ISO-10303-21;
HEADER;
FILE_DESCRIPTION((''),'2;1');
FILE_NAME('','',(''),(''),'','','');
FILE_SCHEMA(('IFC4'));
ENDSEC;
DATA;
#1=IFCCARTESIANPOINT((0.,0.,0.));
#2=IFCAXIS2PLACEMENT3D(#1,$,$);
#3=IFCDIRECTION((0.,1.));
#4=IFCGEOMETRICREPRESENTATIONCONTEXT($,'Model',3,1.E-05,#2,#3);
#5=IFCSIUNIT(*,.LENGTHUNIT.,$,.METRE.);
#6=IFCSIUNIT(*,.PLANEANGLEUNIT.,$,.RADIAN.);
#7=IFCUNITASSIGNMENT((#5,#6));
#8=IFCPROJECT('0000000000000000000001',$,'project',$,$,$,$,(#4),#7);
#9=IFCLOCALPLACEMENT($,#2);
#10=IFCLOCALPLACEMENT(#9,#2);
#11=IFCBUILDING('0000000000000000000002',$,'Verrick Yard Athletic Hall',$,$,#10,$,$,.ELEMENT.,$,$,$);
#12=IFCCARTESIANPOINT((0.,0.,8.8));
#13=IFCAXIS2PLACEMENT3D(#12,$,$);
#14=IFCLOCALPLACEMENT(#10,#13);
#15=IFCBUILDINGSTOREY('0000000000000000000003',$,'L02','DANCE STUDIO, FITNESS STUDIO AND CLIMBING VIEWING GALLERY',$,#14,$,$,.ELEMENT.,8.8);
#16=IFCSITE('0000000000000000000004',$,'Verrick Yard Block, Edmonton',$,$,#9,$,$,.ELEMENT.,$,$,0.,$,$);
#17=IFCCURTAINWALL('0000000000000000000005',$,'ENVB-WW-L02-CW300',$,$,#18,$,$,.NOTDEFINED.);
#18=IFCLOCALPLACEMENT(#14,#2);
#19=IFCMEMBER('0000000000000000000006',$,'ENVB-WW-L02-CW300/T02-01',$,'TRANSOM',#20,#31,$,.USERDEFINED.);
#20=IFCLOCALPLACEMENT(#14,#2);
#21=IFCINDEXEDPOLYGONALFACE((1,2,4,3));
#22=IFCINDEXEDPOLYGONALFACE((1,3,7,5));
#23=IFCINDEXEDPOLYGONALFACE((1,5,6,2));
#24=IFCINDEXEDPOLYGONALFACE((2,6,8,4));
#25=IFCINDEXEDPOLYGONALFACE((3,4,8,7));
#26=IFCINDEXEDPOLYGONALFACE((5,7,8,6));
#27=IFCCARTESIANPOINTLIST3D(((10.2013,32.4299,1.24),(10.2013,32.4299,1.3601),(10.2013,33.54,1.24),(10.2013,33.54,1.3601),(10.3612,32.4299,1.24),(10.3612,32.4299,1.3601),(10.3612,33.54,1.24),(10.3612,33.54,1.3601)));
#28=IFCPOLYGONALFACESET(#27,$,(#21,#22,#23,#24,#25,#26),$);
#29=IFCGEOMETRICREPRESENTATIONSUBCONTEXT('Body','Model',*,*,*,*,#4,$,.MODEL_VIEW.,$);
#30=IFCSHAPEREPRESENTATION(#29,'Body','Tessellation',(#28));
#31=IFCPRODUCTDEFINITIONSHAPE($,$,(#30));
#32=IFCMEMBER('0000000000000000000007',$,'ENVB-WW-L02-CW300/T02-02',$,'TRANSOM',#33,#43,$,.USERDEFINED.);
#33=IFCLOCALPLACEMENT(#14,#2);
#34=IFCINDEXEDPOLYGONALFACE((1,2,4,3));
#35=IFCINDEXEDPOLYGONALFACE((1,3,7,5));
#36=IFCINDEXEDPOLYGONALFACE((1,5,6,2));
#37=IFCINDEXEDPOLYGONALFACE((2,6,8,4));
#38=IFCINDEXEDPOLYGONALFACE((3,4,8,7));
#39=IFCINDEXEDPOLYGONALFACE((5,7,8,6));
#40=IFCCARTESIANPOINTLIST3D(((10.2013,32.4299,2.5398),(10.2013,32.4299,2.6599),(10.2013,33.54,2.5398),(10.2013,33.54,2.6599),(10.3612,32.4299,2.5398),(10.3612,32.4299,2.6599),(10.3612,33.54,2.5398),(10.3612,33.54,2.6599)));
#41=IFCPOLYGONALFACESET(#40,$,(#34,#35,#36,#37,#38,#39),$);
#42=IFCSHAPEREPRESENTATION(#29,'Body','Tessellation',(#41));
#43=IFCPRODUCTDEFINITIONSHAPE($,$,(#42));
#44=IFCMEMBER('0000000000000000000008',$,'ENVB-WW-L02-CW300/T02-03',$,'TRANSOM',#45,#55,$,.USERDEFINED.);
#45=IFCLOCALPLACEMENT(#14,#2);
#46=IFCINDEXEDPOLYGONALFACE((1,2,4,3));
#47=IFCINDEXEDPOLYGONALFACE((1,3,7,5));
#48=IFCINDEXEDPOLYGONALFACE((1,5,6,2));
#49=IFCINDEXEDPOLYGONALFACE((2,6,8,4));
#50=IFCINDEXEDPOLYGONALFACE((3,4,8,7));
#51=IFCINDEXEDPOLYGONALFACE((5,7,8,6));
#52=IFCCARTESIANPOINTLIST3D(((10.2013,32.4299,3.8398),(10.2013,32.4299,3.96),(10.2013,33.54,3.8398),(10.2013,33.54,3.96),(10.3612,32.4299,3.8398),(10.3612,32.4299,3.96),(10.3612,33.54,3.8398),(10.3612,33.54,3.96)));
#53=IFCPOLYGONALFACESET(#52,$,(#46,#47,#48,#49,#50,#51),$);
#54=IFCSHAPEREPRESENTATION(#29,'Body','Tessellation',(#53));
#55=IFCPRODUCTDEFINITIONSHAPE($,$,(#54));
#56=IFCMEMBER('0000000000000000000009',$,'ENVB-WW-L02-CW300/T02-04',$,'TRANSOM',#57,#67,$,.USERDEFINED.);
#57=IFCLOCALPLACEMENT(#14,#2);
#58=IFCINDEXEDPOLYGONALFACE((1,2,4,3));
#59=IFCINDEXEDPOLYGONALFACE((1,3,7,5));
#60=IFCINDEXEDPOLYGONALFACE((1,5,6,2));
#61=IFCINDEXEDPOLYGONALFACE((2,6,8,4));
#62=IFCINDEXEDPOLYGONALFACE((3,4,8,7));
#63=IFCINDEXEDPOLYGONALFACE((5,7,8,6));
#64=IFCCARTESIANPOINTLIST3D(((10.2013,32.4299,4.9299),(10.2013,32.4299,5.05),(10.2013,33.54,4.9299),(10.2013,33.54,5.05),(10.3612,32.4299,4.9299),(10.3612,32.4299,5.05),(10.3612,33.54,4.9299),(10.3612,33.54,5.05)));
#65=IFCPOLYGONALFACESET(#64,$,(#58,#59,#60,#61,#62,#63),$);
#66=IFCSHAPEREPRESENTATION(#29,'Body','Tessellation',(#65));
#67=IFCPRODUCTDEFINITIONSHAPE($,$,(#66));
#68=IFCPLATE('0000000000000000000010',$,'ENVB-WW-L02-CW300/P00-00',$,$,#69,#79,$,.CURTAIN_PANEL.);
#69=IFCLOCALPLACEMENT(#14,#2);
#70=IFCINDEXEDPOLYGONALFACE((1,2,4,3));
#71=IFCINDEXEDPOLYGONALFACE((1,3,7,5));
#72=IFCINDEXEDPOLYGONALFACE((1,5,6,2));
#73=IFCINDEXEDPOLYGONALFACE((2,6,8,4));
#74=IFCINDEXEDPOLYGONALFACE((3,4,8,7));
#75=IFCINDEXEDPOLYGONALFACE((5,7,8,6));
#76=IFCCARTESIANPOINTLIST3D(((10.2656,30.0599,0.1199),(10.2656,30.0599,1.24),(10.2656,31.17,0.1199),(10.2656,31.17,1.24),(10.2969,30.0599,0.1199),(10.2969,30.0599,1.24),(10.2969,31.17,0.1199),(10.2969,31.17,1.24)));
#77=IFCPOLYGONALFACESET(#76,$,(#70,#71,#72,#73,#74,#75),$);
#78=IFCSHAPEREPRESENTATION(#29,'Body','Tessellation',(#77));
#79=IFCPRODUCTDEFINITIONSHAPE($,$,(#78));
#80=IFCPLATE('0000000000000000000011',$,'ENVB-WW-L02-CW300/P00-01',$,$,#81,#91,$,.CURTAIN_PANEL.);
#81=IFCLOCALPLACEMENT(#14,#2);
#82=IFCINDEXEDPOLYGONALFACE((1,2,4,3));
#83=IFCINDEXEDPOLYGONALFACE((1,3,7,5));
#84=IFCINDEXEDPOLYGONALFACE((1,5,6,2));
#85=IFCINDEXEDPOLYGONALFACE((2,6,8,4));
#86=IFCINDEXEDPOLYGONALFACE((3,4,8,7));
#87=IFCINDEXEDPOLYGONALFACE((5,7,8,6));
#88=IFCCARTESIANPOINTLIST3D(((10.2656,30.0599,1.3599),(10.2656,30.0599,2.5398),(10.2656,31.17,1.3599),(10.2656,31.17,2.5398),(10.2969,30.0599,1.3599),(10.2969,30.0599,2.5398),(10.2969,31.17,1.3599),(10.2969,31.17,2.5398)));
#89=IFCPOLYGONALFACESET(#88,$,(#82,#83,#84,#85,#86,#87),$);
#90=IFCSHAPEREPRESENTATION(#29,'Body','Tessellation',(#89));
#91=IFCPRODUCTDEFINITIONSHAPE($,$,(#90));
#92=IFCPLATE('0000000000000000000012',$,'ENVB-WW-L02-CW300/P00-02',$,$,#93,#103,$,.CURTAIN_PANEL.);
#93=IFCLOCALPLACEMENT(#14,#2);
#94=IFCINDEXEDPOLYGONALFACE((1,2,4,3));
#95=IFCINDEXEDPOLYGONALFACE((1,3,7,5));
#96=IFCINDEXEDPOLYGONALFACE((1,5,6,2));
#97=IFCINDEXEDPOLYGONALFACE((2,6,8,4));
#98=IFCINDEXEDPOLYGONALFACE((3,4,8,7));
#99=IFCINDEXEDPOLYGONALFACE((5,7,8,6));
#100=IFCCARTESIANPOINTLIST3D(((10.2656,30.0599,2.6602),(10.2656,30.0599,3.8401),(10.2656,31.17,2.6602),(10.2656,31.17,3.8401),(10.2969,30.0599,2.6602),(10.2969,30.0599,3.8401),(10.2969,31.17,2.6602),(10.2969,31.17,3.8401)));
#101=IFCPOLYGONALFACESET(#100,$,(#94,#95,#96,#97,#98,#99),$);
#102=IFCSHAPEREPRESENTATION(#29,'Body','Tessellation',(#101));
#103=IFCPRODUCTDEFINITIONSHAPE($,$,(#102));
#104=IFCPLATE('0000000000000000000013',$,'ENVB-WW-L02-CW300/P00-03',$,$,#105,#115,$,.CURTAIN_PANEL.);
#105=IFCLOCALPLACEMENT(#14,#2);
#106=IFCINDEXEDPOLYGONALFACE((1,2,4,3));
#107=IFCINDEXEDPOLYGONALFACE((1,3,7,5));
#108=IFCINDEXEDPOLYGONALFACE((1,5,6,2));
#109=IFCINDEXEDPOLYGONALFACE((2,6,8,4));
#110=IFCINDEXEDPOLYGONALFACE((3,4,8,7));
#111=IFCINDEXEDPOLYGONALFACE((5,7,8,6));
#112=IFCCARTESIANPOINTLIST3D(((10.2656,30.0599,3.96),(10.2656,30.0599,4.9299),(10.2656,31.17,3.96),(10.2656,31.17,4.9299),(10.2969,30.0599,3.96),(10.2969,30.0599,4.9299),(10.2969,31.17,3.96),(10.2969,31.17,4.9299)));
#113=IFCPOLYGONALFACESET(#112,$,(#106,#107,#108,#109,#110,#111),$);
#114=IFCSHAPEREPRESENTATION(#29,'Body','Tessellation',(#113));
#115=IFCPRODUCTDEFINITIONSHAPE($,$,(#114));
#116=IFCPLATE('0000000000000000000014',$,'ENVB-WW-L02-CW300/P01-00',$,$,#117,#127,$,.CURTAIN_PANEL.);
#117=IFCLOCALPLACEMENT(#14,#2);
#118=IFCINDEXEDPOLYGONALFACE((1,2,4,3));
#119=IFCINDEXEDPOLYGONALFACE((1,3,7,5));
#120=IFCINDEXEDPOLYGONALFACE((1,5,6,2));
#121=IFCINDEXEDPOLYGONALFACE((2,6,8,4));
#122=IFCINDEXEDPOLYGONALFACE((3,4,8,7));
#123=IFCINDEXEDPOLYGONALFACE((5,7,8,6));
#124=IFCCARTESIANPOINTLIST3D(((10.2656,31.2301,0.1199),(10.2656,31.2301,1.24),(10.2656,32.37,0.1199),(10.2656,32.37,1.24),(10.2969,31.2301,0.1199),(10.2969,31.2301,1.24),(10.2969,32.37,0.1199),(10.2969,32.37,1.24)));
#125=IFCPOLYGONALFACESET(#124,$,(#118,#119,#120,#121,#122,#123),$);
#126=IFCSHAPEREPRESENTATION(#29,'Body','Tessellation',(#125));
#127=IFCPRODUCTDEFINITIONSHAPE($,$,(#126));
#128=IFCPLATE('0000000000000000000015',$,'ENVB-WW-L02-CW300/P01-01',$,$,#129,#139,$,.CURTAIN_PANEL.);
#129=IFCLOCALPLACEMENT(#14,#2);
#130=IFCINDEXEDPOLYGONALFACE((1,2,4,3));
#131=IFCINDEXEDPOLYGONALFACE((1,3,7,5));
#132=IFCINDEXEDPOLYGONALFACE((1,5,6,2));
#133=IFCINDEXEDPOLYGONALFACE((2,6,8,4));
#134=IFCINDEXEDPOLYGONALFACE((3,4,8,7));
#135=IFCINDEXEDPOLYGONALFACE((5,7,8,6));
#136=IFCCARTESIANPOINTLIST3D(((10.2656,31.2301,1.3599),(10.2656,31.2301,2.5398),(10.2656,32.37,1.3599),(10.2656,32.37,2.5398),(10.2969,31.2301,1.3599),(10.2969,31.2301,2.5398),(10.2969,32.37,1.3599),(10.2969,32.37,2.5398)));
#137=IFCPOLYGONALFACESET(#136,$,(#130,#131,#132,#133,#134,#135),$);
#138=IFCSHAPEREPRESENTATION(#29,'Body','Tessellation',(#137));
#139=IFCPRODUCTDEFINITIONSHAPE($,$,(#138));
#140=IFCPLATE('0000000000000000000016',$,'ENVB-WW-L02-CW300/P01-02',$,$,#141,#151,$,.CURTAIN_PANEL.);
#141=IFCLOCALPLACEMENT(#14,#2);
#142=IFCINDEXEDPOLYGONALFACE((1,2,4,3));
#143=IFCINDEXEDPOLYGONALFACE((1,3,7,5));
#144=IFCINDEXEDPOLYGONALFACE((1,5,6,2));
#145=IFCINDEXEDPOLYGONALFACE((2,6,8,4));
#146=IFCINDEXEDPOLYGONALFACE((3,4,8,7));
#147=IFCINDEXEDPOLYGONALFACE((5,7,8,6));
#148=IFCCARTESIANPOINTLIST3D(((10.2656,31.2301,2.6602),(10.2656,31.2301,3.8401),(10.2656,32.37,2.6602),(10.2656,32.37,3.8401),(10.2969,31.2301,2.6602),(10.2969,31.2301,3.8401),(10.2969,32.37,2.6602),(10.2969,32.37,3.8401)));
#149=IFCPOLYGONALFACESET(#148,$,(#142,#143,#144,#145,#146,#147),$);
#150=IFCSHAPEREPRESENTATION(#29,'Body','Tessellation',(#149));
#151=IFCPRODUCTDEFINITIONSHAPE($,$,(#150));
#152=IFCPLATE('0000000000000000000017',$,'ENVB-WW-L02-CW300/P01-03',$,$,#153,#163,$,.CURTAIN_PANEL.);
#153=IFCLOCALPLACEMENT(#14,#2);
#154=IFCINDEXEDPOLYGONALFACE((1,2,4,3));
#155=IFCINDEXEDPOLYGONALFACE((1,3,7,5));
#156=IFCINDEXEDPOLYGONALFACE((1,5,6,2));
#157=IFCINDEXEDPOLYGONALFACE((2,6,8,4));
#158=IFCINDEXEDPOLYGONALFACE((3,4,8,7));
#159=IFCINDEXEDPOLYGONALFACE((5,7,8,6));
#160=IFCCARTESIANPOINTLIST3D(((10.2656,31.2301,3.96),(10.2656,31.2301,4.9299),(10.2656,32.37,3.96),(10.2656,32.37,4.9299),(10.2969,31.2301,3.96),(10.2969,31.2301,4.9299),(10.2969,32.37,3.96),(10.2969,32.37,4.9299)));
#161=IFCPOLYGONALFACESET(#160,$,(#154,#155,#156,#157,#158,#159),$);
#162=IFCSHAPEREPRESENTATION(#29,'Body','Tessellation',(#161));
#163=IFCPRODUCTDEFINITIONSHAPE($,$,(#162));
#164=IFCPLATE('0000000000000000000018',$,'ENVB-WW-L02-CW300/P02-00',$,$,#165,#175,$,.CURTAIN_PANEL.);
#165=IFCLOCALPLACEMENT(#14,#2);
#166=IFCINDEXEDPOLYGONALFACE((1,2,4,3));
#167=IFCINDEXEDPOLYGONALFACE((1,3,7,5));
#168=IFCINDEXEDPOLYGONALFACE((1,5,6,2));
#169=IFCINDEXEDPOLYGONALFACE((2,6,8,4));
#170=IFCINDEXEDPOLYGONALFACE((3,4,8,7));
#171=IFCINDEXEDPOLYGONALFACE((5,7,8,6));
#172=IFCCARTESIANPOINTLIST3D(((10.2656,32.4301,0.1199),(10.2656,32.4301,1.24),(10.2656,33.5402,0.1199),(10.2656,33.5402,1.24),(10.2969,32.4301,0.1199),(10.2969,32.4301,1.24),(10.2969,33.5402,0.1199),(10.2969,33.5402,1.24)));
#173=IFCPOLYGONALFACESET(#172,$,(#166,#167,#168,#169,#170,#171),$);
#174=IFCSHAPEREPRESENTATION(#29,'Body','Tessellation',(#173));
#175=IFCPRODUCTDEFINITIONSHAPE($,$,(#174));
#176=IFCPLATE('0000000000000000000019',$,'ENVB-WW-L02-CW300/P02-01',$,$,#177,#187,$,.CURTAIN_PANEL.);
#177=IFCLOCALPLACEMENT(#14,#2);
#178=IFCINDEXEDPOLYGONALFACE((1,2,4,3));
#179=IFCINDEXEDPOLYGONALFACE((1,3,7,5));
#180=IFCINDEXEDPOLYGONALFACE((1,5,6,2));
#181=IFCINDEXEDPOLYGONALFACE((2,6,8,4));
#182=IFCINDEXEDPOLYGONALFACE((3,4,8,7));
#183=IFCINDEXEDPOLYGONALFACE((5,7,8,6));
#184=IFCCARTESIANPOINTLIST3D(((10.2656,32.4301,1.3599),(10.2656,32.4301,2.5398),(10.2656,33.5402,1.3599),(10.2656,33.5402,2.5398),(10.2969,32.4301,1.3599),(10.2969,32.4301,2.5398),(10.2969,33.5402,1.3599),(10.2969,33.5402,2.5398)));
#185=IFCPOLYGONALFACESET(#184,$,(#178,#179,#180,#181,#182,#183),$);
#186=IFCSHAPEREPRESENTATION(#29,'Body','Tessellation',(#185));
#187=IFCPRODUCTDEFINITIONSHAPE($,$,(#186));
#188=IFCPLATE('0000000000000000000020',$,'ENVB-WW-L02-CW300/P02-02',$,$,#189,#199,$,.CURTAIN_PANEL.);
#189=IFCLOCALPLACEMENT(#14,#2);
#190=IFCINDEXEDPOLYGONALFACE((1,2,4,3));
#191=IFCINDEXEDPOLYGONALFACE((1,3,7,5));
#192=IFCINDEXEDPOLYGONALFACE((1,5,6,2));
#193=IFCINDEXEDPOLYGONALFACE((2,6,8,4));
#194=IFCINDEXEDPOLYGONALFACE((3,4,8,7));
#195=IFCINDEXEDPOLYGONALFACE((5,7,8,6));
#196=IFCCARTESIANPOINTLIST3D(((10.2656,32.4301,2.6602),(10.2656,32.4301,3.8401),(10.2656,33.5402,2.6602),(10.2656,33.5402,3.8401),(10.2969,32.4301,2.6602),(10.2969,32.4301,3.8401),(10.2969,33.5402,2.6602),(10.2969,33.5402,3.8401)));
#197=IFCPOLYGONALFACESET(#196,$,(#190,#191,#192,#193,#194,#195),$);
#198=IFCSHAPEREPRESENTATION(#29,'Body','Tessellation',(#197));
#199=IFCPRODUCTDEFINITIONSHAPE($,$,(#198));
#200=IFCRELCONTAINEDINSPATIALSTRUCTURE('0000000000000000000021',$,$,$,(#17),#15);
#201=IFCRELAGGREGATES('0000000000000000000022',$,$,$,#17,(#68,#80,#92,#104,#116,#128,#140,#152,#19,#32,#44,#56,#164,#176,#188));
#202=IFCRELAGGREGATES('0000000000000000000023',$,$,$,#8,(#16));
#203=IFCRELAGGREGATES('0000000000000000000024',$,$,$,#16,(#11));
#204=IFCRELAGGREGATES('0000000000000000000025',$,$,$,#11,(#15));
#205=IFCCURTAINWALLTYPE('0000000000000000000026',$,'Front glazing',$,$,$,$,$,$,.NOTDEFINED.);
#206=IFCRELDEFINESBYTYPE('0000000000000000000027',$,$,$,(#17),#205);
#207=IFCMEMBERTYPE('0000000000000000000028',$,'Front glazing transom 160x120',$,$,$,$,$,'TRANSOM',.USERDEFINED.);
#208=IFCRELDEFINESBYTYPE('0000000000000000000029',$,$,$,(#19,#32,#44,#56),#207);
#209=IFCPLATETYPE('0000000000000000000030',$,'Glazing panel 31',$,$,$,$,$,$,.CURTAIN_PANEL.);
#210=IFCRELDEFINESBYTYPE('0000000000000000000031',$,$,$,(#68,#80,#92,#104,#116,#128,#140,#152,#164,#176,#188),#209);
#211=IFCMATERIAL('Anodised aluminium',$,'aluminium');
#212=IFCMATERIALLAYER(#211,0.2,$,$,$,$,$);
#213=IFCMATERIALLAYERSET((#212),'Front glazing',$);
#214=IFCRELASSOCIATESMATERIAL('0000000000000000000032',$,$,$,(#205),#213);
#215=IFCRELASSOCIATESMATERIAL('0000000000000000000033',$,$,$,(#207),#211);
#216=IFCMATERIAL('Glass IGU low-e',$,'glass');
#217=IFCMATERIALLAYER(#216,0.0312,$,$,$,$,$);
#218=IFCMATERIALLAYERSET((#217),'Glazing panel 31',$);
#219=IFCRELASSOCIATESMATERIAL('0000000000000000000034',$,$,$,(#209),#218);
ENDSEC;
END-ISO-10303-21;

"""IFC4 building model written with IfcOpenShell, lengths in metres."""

from ifc_helpers import new_model, si_unit, direction, frame, origin, origin_2d, place, context, subcontext, project, spatial, rectangle, extrude, material, layer, layer_set, material_profile, profile_set, type_object, element, aggregate, save


model = new_model("IFC4")

# Units and contexts
model_context = context("Model", 3, precision=1e-05, world=origin(), true_north=direction((0.0, 1.0)))
body_context = subcontext(model_context, "Body", "Model", "MODEL_VIEW")
ifc_project = project(units=[si_unit("LENGTHUNIT", "METRE"), si_unit("PLANEANGLEUNIT", "RADIAN")], contexts=[model_context])

# Site, building, storey
site_placement = place(None, origin())
site = spatial("IfcSite", under=ifc_project, at=site_placement, Name="Verrick Yard Block, Edmonton", CompositionType="ELEMENT", RefElevation=0.0)
building_placement = place(site_placement, origin())
building = spatial("IfcBuilding", under=site, at=building_placement, Name="Verrick Yard Athletic Hall", CompositionType="ELEMENT")
storey_placement = place(building_placement, frame((0.0, 0.0, 8.8)))
storey = spatial("IfcBuildingStorey", under=building, at=storey_placement, Name="L02", Description="DANCE STUDIO, FITNESS STUDIO AND CLIMBING VIEWING GALLERY", CompositionType="ELEMENT", Elevation=8.8)

# Curtain wall, members, plates
ifc_material_1 = material(Name="Anodised aluminium", Category="aluminium")
ifc_layer_1 = layer(ifc_material_1, 0.2)
ifc_layer_set_1 = layer_set([ifc_layer_1], Name="Front glazing")
curtain_wall_type = type_object("IfcCurtainWallType", Name="Front glazing", PredefinedType="NOTDEFINED", material=ifc_layer_set_1)
curtain_wall_placement = place(storey_placement, origin())
curtain_wall = element("IfcCurtainWall", 1, at=curtain_wall_placement, inside=storey, type_object=curtain_wall_type, Name="ENVB-WW-L02-CW300", PredefinedType="NOTDEFINED")
ifc_material_profile_1 = material_profile(ifc_material_1, rectangle(XDim=0.1599, YDim=0.1201, at=origin_2d()), Name="CW transom 160x120")
ifc_profile_set_1 = profile_set([ifc_material_profile_1], Name="Anodised aluminium")
member_type_1 = type_object("IfcMemberType", Name="Front glazing transom 160x120", ElementType="TRANSOM", PredefinedType="USERDEFINED", material=ifc_profile_set_1)
member_1_placement = place(storey_placement, frame((10.2812, 32.4299, 1.3), z_axis=(0.0, 1.0, 0.0), x_axis=(-1.0, 0.0, 0.0)))
member_1 = element("IfcMember", 2, at=member_1_placement, type_object=member_type_1, Name="ENVB-WW-L02-CW300/T02-01", ObjectType="TRANSOM", PredefinedType="USERDEFINED", context=body_context, shape_type="SweptSolid", body=[
    extrude(rectangle(XDim=0.1599, YDim=0.1201, at=origin_2d()), origin(), (0.0, 0.0, 1.0), 1.1101),
])
member_2_placement = place(storey_placement, frame((10.2812, 32.4299, 2.5999), z_axis=(0.0, 1.0, 0.0), x_axis=(-1.0, 0.0, 0.0)))
member_2 = element("IfcMember", 3, at=member_2_placement, type_object=member_type_1, Name="ENVB-WW-L02-CW300/T02-02", ObjectType="TRANSOM", PredefinedType="USERDEFINED", context=body_context, shape_type="SweptSolid", body=[
    extrude(rectangle(XDim=0.1599, YDim=0.1201, at=origin_2d()), origin(), (0.0, 0.0, 1.0), 1.1101),
])
member_3_placement = place(storey_placement, frame((10.2812, 32.4299, 3.8999), z_axis=(0.0, 1.0, 0.0), x_axis=(-1.0, 0.0, 0.0)))
member_3 = element("IfcMember", 4, at=member_3_placement, type_object=member_type_1, Name="ENVB-WW-L02-CW300/T02-03", ObjectType="TRANSOM", PredefinedType="USERDEFINED", context=body_context, shape_type="SweptSolid", body=[
    extrude(rectangle(XDim=0.1599, YDim=0.1201, at=origin_2d()), origin(), (0.0, 0.0, 1.0), 1.1101),
])
member_4_placement = place(storey_placement, frame((10.2812, 32.4299, 4.99), z_axis=(0.0, 1.0, 0.0), x_axis=(-1.0, 0.0, 0.0)))
member_4 = element("IfcMember", 5, at=member_4_placement, type_object=member_type_1, Name="ENVB-WW-L02-CW300/T02-04", ObjectType="TRANSOM", PredefinedType="USERDEFINED", context=body_context, shape_type="SweptSolid", body=[
    extrude(rectangle(XDim=0.1599, YDim=0.1201, at=origin_2d()), origin(), (0.0, 0.0, 1.0), 1.1101),
])
ifc_material_2 = material(Name="Glass IGU low-e", Category="glass")
ifc_layer_2 = layer(ifc_material_2, 0.0312)
ifc_layer_set_2 = layer_set([ifc_layer_2], Name="Glazing panel 31")
plate_type = type_object("IfcPlateType", Name="Glazing panel 31", PredefinedType="CURTAIN_PANEL", material=ifc_layer_set_2)
plate_1_placement = place(storey_placement, frame((10.2812, 30.615, 0.1199), z_axis=(0.0, 0.0, 1.0), x_axis=(0.0, 1.0, 0.0)))
plate_1 = element("IfcPlate", 6, at=plate_1_placement, type_object=plate_type, Name="ENVB-WW-L02-CW300/P00-00", PredefinedType="CURTAIN_PANEL", context=body_context, shape_type="SweptSolid", body=[
    extrude(rectangle(XDim=1.1101, YDim=0.0312, at=origin_2d()), origin(), (0.0, 0.0, 1.0), 1.1201),
])
plate_2_placement = place(storey_placement, frame((10.2812, 30.615, 1.3599), z_axis=(0.0, 0.0, 1.0), x_axis=(0.0, 1.0, 0.0)))
plate_2 = element("IfcPlate", 7, at=plate_2_placement, type_object=plate_type, Name="ENVB-WW-L02-CW300/P00-01", PredefinedType="CURTAIN_PANEL", context=body_context, shape_type="SweptSolid", body=[
    extrude(rectangle(XDim=1.1101, YDim=0.0312, at=origin_2d()), origin(), (0.0, 0.0, 1.0), 1.1799),
])
plate_3_placement = place(storey_placement, frame((10.2812, 30.615, 2.6602), z_axis=(0.0, 0.0, 1.0), x_axis=(0.0, 1.0, 0.0)))
plate_3 = element("IfcPlate", 8, at=plate_3_placement, type_object=plate_type, Name="ENVB-WW-L02-CW300/P00-02", PredefinedType="CURTAIN_PANEL", context=body_context, shape_type="SweptSolid", body=[
    extrude(rectangle(XDim=1.1101, YDim=0.0312, at=origin_2d()), origin(), (0.0, 0.0, 1.0), 1.1799),
])
plate_4_placement = place(storey_placement, frame((10.2812, 30.615, 3.96), z_axis=(0.0, 0.0, 1.0), x_axis=(0.0, 1.0, 0.0)))
plate_4 = element("IfcPlate", 9, at=plate_4_placement, type_object=plate_type, Name="ENVB-WW-L02-CW300/P00-03", PredefinedType="CURTAIN_PANEL", context=body_context, shape_type="SweptSolid", body=[
    extrude(rectangle(XDim=1.1101, YDim=0.0312, at=origin_2d()), origin(), (0.0, 0.0, 1.0), 0.97),
])
plate_5_placement = place(storey_placement, frame((10.2812, 31.8, 0.1199), z_axis=(0.0, 0.0, 1.0), x_axis=(0.0, 1.0, 0.0)))
plate_5 = element("IfcPlate", 10, at=plate_5_placement, type_object=plate_type, Name="ENVB-WW-L02-CW300/P01-00", PredefinedType="CURTAIN_PANEL", context=body_context, shape_type="SweptSolid", body=[
    extrude(rectangle(XDim=1.1399, YDim=0.0312, at=origin_2d()), origin(), (0.0, 0.0, 1.0), 1.1201),
])
plate_6_placement = place(storey_placement, frame((10.2812, 31.8, 1.3599), z_axis=(0.0, 0.0, 1.0), x_axis=(0.0, 1.0, 0.0)))
plate_6 = element("IfcPlate", 11, at=plate_6_placement, type_object=plate_type, Name="ENVB-WW-L02-CW300/P01-01", PredefinedType="CURTAIN_PANEL", context=body_context, shape_type="SweptSolid", body=[
    extrude(rectangle(XDim=1.1399, YDim=0.0312, at=origin_2d()), origin(), (0.0, 0.0, 1.0), 1.1799),
])
plate_7_placement = place(storey_placement, frame((10.2812, 31.8, 2.6602), z_axis=(0.0, 0.0, 1.0), x_axis=(0.0, 1.0, 0.0)))
plate_7 = element("IfcPlate", 12, at=plate_7_placement, type_object=plate_type, Name="ENVB-WW-L02-CW300/P01-02", PredefinedType="CURTAIN_PANEL", context=body_context, shape_type="SweptSolid", body=[
    extrude(rectangle(XDim=1.1399, YDim=0.0312, at=origin_2d()), origin(), (0.0, 0.0, 1.0), 1.1799),
])
plate_8_placement = place(storey_placement, frame((10.2812, 31.8, 3.96), z_axis=(0.0, 0.0, 1.0), x_axis=(0.0, 1.0, 0.0)))
plate_8 = element("IfcPlate", 13, at=plate_8_placement, type_object=plate_type, Name="ENVB-WW-L02-CW300/P01-03", PredefinedType="CURTAIN_PANEL", context=body_context, shape_type="SweptSolid", body=[
    extrude(rectangle(XDim=1.1399, YDim=0.0312, at=origin_2d()), origin(), (0.0, 0.0, 1.0), 0.97),
])
plate_9_placement = place(storey_placement, frame((10.2812, 32.9851, 0.1199), z_axis=(0.0, 0.0, 1.0), x_axis=(0.0, 1.0, 0.0)))
plate_9 = element("IfcPlate", 14, at=plate_9_placement, type_object=plate_type, Name="ENVB-WW-L02-CW300/P02-00", PredefinedType="CURTAIN_PANEL", context=body_context, shape_type="SweptSolid", body=[
    extrude(rectangle(XDim=1.1101, YDim=0.0312, at=origin_2d()), origin(), (0.0, 0.0, 1.0), 1.1201),
])
plate_10_placement = place(storey_placement, frame((10.2812, 32.9851, 1.3599), z_axis=(0.0, 0.0, 1.0), x_axis=(0.0, 1.0, 0.0)))
plate_10 = element("IfcPlate", 15, at=plate_10_placement, type_object=plate_type, Name="ENVB-WW-L02-CW300/P02-01", PredefinedType="CURTAIN_PANEL", context=body_context, shape_type="SweptSolid", body=[
    extrude(rectangle(XDim=1.1101, YDim=0.0312, at=origin_2d()), origin(), (0.0, 0.0, 1.0), 1.1799),
])
plate_11_placement = place(storey_placement, frame((10.2812, 32.9851, 2.6602), z_axis=(0.0, 0.0, 1.0), x_axis=(0.0, 1.0, 0.0)))
plate_11 = element("IfcPlate", 16, at=plate_11_placement, type_object=plate_type, Name="ENVB-WW-L02-CW300/P02-02", PredefinedType="CURTAIN_PANEL", context=body_context, shape_type="SweptSolid", body=[
    extrude(rectangle(XDim=1.1101, YDim=0.0312, at=origin_2d()), origin(), (0.0, 0.0, 1.0), 1.1799),
])
aggregate(curtain_wall, [plate_1, plate_2, plate_3, plate_4, plate_5, plate_6, plate_7, plate_8, member_1, member_2, member_3, member_4, plate_9, plate_10, plate_11])

save(model, "model.ifc")
